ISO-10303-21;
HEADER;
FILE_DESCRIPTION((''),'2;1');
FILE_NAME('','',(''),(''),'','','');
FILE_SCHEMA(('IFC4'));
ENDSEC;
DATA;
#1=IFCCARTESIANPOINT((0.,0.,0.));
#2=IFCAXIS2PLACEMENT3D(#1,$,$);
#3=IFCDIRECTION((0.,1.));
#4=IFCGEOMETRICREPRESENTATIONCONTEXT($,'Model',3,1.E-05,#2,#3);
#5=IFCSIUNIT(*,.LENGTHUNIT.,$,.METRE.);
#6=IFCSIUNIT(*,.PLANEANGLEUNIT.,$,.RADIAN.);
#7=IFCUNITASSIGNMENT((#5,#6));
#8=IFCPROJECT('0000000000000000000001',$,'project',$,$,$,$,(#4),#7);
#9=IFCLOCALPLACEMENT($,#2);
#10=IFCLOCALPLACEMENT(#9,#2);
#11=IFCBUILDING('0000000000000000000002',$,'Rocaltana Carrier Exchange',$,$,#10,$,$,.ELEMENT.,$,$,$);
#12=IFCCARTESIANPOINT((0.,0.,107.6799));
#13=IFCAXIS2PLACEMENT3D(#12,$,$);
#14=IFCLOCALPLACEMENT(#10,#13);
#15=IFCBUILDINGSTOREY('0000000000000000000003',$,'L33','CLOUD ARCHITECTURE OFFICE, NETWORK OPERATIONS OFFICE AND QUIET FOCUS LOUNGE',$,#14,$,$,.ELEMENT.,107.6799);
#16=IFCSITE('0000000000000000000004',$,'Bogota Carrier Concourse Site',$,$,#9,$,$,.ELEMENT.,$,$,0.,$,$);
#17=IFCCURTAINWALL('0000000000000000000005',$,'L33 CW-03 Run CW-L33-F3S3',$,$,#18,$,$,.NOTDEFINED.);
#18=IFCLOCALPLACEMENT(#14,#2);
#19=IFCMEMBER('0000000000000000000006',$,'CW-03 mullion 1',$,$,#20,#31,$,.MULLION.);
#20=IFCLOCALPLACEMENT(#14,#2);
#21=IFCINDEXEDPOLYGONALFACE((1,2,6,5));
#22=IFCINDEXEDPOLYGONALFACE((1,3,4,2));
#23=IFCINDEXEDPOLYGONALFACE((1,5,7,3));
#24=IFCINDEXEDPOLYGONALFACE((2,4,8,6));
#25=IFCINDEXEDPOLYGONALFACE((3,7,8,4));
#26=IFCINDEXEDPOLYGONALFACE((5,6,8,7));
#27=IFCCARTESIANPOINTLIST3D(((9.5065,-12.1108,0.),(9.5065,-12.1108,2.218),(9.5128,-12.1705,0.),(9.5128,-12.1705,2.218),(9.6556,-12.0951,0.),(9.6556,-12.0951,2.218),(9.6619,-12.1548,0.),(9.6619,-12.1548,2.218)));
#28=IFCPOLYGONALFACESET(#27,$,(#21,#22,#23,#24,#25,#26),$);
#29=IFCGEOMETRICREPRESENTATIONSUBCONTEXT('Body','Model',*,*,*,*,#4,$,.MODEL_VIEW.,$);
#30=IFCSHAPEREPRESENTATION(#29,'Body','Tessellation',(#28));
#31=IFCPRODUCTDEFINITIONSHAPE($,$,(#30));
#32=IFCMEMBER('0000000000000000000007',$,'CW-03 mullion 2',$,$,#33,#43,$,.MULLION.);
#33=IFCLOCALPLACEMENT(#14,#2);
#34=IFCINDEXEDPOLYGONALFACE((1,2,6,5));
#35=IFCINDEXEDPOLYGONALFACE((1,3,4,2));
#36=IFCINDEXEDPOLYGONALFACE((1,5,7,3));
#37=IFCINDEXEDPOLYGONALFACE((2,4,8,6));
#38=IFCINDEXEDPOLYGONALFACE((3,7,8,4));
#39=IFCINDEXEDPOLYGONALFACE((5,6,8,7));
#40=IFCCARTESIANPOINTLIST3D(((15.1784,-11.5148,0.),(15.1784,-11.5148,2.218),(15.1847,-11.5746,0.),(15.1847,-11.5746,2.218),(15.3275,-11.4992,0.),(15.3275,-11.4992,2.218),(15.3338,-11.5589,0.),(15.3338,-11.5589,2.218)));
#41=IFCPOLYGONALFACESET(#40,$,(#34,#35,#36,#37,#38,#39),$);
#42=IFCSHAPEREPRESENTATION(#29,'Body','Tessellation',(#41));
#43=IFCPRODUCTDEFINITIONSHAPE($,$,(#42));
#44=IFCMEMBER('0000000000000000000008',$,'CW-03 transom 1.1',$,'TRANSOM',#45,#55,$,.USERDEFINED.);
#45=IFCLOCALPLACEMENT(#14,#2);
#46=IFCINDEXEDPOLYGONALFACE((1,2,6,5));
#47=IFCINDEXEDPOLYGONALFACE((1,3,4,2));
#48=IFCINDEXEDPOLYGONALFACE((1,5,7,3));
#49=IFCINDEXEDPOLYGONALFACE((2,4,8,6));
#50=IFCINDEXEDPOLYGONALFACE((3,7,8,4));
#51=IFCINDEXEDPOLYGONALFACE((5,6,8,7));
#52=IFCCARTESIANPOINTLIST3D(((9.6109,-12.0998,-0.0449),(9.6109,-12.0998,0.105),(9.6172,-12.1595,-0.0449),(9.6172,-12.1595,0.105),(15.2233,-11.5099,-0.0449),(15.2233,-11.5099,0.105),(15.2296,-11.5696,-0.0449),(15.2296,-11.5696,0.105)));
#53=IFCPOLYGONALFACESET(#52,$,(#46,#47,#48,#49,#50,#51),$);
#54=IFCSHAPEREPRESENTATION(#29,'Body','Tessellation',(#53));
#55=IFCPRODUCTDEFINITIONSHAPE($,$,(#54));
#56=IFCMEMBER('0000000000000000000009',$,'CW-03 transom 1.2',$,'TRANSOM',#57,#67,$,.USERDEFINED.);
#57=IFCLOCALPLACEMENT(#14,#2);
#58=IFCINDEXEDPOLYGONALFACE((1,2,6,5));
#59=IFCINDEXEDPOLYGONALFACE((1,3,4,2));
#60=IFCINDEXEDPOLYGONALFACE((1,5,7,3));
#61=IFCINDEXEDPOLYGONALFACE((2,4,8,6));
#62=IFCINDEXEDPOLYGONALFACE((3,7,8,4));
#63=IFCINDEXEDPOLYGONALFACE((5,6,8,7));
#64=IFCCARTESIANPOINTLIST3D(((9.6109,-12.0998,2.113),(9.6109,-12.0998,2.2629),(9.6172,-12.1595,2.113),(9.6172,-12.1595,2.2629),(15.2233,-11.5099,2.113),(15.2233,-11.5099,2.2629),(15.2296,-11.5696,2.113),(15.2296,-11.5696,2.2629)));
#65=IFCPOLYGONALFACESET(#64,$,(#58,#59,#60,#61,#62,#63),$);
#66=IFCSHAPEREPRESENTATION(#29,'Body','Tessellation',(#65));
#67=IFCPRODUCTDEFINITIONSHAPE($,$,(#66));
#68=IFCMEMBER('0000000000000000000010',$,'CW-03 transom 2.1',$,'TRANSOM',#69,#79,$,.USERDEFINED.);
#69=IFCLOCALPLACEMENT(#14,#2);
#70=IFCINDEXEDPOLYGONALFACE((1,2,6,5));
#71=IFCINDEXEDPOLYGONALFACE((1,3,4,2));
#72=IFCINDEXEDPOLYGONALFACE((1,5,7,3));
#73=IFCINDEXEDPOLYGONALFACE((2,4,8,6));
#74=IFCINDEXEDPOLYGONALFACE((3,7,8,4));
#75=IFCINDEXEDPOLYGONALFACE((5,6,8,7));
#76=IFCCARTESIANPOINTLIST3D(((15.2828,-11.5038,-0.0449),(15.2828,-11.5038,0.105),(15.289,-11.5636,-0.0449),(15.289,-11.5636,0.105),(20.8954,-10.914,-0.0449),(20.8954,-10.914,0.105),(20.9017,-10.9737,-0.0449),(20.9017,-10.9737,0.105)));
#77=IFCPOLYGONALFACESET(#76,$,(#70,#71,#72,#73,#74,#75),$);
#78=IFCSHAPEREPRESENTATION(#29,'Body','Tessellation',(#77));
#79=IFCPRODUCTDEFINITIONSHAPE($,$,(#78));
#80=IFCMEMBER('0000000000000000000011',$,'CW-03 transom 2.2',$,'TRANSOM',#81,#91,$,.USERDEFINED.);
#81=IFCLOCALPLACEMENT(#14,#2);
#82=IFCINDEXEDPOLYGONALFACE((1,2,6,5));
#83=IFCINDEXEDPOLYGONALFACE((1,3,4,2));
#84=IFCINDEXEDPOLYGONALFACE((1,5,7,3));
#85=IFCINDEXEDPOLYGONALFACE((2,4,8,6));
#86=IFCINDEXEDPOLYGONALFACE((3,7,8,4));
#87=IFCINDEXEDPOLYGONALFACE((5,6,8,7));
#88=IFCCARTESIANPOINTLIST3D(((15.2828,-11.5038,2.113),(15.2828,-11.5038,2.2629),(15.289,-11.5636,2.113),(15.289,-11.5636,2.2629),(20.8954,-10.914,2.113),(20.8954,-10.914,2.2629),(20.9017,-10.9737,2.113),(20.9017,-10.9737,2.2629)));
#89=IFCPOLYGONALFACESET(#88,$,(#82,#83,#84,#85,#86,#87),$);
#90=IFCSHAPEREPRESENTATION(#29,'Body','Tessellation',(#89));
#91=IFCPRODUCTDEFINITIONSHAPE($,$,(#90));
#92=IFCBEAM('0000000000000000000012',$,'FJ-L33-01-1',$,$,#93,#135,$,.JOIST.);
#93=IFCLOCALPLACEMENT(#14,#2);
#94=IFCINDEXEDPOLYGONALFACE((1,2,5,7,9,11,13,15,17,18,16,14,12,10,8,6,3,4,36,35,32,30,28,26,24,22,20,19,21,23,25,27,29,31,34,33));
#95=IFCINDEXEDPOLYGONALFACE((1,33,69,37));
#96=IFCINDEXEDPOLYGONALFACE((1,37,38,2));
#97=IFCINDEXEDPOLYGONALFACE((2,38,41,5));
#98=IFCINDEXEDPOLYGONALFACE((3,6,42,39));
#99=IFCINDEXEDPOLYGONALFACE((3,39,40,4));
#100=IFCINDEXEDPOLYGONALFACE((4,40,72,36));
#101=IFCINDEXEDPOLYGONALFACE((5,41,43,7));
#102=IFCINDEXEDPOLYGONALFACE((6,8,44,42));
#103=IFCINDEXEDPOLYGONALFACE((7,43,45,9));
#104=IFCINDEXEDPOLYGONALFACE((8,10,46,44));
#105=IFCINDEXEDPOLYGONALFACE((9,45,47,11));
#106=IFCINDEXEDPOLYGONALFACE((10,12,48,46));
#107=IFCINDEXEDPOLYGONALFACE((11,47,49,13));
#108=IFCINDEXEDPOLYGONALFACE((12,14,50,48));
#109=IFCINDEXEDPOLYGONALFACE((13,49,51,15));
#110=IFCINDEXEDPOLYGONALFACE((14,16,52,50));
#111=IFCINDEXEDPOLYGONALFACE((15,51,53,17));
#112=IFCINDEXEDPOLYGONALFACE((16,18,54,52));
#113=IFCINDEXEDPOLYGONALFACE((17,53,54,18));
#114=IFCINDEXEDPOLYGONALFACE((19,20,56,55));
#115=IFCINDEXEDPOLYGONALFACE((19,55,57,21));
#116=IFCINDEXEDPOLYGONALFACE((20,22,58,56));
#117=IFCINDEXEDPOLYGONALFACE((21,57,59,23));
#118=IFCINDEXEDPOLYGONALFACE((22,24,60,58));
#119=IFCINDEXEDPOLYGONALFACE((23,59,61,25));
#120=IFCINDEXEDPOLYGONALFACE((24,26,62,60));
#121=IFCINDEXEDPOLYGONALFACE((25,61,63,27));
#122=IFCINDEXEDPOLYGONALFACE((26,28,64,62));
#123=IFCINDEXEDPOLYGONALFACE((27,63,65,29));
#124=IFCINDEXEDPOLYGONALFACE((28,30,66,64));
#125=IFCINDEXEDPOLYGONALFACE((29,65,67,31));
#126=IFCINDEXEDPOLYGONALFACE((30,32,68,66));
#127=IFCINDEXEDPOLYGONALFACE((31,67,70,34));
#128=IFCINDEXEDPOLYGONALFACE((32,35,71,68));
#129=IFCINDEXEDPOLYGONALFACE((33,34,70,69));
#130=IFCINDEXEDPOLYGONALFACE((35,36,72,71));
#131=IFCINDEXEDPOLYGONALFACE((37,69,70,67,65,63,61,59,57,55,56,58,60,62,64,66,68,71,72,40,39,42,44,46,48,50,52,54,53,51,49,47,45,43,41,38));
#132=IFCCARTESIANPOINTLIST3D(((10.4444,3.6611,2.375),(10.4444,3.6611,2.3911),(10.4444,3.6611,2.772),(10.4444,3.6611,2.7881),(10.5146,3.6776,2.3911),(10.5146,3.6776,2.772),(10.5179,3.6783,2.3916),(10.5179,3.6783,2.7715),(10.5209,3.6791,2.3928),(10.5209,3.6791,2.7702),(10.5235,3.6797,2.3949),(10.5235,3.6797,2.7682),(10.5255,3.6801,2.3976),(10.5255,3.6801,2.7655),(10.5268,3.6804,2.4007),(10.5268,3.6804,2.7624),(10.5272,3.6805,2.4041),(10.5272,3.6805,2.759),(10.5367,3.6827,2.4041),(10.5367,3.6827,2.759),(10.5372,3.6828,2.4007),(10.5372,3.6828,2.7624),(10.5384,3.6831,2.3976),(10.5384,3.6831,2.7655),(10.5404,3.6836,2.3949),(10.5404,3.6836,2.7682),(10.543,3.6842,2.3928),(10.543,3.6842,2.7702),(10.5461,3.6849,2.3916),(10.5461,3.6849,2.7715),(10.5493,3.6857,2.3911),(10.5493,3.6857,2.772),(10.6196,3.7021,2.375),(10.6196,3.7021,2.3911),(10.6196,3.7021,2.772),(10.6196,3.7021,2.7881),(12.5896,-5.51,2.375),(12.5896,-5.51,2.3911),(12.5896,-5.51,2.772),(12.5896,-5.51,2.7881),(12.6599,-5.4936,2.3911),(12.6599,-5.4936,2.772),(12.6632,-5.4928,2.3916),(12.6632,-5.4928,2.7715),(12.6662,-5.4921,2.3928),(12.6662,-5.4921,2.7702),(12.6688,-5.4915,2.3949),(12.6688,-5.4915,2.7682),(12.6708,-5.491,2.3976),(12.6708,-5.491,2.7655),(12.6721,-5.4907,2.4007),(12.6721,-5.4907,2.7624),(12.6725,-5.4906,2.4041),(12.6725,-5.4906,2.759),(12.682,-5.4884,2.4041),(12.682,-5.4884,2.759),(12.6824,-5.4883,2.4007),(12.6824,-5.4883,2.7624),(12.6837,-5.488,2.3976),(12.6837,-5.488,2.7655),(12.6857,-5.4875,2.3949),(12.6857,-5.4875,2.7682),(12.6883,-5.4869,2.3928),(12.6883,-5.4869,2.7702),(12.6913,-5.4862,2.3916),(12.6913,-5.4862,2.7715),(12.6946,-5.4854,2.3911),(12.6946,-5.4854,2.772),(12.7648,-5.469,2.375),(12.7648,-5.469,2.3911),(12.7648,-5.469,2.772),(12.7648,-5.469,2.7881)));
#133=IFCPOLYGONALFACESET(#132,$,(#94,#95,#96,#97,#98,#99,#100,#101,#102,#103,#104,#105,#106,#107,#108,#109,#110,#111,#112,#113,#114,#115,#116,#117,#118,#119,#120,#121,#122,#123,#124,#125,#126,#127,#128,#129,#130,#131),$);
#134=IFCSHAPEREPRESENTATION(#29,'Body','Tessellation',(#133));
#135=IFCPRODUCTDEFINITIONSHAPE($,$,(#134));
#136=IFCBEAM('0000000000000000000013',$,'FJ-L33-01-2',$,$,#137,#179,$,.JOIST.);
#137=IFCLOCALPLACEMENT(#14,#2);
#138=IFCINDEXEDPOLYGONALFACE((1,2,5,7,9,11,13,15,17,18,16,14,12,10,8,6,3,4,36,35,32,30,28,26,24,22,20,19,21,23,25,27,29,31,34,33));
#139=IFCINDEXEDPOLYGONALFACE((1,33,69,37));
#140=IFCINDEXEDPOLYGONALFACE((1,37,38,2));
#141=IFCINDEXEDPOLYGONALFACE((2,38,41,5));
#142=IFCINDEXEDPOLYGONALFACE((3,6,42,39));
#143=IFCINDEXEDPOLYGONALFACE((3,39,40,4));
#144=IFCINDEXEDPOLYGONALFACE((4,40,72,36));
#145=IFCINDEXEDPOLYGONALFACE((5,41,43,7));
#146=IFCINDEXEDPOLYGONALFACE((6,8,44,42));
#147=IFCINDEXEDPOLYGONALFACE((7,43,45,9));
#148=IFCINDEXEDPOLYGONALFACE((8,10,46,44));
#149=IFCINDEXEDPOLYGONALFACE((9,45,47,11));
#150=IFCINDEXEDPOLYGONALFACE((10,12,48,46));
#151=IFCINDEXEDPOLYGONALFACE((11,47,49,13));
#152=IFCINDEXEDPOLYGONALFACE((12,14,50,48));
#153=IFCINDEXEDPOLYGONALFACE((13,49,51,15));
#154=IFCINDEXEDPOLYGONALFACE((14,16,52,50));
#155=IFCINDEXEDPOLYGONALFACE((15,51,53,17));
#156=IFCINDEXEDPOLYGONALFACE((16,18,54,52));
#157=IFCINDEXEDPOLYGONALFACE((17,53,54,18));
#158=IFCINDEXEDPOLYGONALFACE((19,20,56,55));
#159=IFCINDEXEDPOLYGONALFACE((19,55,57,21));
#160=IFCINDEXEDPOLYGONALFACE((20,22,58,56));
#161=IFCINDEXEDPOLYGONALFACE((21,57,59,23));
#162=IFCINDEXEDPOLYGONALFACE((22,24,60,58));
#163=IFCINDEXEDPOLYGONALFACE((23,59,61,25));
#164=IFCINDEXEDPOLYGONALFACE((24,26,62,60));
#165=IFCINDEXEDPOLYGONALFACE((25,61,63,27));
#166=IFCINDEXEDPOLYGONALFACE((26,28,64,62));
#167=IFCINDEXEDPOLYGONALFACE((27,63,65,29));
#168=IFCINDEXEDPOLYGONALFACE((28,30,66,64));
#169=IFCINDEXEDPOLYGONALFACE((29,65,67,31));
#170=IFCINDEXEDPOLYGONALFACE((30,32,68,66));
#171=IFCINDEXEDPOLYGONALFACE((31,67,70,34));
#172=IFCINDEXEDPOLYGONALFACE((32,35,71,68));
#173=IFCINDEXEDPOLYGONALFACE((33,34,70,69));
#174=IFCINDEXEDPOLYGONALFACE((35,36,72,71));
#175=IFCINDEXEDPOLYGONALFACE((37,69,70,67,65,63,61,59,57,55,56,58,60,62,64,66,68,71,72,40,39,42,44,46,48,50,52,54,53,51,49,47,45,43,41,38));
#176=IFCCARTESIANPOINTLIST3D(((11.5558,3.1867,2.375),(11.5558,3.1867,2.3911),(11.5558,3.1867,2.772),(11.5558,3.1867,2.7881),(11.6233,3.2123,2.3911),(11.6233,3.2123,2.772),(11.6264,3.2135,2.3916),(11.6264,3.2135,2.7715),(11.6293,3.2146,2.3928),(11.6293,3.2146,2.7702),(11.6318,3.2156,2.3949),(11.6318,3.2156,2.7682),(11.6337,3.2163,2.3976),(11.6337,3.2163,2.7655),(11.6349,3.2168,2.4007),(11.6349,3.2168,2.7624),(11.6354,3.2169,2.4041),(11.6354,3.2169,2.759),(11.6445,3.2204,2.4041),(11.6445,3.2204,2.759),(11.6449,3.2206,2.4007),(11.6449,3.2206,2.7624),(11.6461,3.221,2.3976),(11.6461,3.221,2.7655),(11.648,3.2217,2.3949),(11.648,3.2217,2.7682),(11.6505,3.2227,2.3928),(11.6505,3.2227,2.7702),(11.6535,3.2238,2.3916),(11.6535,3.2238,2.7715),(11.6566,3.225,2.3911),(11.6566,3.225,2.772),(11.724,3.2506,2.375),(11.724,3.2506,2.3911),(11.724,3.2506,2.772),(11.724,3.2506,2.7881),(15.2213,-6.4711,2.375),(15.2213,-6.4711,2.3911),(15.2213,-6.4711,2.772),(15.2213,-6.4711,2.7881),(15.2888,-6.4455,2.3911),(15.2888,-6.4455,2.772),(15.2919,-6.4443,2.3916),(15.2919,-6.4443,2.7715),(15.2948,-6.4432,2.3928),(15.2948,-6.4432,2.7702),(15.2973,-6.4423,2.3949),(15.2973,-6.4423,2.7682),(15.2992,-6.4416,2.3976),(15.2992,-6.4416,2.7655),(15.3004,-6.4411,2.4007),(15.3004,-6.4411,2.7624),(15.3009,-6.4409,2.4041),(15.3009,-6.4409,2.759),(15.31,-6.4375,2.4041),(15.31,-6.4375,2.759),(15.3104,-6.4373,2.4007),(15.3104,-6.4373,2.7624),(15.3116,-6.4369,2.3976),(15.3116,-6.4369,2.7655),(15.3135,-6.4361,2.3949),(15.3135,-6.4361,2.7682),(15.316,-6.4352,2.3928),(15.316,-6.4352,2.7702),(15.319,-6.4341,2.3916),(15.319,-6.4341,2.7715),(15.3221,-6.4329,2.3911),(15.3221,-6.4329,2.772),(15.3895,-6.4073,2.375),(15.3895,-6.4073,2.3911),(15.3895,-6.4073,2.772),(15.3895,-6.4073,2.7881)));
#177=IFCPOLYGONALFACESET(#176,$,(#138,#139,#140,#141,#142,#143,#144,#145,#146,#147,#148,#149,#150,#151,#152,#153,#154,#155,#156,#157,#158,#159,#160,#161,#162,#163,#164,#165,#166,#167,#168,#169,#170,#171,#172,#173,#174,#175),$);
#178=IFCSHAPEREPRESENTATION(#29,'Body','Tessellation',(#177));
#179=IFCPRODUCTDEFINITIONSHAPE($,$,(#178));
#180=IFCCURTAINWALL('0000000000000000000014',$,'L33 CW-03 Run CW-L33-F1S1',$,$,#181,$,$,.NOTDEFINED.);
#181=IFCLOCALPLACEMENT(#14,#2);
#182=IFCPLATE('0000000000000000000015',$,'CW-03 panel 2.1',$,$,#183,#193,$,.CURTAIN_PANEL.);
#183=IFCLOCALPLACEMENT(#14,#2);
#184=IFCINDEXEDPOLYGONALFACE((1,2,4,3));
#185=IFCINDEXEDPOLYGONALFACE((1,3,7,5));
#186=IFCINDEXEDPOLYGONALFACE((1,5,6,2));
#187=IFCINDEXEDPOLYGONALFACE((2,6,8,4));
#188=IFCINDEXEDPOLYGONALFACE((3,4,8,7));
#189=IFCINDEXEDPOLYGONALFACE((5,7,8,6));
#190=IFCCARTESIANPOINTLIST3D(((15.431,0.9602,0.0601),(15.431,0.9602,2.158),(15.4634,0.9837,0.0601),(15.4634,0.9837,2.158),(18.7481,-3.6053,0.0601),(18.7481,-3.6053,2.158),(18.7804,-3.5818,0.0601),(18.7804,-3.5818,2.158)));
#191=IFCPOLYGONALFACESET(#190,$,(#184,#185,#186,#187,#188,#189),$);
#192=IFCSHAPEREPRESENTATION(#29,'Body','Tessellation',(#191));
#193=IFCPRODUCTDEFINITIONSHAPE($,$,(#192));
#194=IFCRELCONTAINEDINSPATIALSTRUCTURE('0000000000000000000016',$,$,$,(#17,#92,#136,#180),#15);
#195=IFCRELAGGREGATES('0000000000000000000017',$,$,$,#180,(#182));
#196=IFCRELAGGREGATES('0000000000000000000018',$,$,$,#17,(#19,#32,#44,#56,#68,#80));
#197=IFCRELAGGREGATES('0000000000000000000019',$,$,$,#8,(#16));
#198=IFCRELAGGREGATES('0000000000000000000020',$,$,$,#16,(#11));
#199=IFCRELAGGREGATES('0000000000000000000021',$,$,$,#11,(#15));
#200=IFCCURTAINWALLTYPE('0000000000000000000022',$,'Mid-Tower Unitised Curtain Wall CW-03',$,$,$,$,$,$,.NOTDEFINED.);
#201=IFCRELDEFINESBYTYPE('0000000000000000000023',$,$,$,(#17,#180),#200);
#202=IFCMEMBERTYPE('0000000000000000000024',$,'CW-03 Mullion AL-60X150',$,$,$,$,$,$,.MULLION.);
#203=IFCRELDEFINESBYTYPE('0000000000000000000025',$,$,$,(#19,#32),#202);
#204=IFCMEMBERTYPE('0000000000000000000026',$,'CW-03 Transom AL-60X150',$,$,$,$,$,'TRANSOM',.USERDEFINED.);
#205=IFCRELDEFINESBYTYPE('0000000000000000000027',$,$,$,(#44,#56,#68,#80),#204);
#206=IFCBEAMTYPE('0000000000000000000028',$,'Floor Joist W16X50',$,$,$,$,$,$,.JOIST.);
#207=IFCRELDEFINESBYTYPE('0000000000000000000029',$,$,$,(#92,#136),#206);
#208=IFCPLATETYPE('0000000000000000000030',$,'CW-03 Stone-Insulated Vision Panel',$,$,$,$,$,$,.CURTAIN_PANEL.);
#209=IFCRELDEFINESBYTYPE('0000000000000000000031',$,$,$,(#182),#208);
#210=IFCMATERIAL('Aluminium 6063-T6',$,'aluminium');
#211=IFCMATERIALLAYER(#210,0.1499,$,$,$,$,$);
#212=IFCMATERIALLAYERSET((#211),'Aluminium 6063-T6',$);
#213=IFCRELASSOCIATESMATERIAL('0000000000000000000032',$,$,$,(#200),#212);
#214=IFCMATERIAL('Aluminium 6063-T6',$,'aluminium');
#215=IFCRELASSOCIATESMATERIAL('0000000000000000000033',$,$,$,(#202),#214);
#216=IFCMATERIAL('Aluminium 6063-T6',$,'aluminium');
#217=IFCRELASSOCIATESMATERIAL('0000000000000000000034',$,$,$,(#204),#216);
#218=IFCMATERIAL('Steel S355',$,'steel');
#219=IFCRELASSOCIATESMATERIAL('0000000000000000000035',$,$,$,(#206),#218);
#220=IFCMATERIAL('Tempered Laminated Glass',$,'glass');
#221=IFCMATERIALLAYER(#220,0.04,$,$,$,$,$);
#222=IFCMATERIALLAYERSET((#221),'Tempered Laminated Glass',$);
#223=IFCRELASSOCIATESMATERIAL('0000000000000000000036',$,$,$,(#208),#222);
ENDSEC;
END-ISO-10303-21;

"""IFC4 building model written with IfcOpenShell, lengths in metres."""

from ifc_helpers import new_model, si_unit, direction, frame, origin, origin_2d, place, context, subcontext, project, spatial, rectangle, i_section, extrude, material, layer, layer_set, material_profile, profile_set, type_object, element, aggregate, save


model = new_model("IFC4")

# Units and contexts
model_context = context("Model", 3, precision=1e-05, world=origin(), true_north=direction((0.0, 1.0)))
body_context = subcontext(model_context, "Body", "Model", "MODEL_VIEW")
ifc_project = project(units=[si_unit("LENGTHUNIT", "METRE"), si_unit("PLANEANGLEUNIT", "RADIAN")], contexts=[model_context])

# Site, building, storey
site_placement = place(None, origin())
site = spatial("IfcSite", under=ifc_project, at=site_placement, Name="Bogota Carrier Concourse Site", CompositionType="ELEMENT", RefElevation=0.0)
building_placement = place(site_placement, origin())
building = spatial("IfcBuilding", under=site, at=building_placement, Name="Rocaltana Carrier Exchange", CompositionType="ELEMENT")
storey_placement = place(building_placement, frame((0.0, 0.0, 107.6799)))
storey = spatial("IfcBuildingStorey", under=building, at=storey_placement, Name="L33", Description="CLOUD ARCHITECTURE OFFICE, NETWORK OPERATIONS OFFICE AND QUIET FOCUS LOUNGE", CompositionType="ELEMENT", Elevation=107.6799)

# Curtain wall, members
ifc_material_1 = material(Name="Aluminium 6063-T6", Category="aluminium")
ifc_layer_1 = layer(ifc_material_1, 0.1499)
ifc_layer_set_1 = layer_set([ifc_layer_1], Name="Aluminium 6063-T6")
curtain_wall_type = type_object("IfcCurtainWallType", Name="Mid-Tower Unitised Curtain Wall CW-03", PredefinedType="NOTDEFINED", material=ifc_layer_set_1)
curtain_wall_1_placement = place(storey_placement, origin())
curtain_wall_1 = element("IfcCurtainWall", 1, at=curtain_wall_1_placement, inside=storey, type_object=curtain_wall_type, Name="L33 CW-03 Run CW-L33-F3S3", PredefinedType="NOTDEFINED")
ifc_material_2 = material(Name="Aluminium 6063-T6", Category="aluminium")
ifc_material_profile_1 = material_profile(ifc_material_2, rectangle(XDim=0.0601, YDim=0.1499, at=origin_2d()), Name="AL-60X150")
ifc_profile_set_1 = profile_set([ifc_material_profile_1], Name="Aluminium 6063-T6")
member_type_1 = type_object("IfcMemberType", Name="CW-03 Mullion AL-60X150", PredefinedType="MULLION", material=ifc_profile_set_1)
member_1_placement = place(storey_placement, frame((9.5842, -12.1328, 0.0), z_axis=(0.0, 0.0, 1.0), x_axis=(-0.104522, 0.994523, 0.0)))
member_1 = element("IfcMember", 2, at=member_1_placement, type_object=member_type_1, Name="CW-03 mullion 1", PredefinedType="MULLION", context=body_context, shape_type="SweptSolid", body=[
    extrude(rectangle(XDim=0.0601, YDim=0.1499, at=origin_2d()), origin(), (0.0, 0.0, 1.0), 2.218),
])
member_2_placement = place(storey_placement, frame((15.2561, -11.5369, 0.0), z_axis=(0.0, 0.0, 1.0), x_axis=(-0.104522, 0.994523, 0.0)))
member_2 = element("IfcMember", 3, at=member_2_placement, type_object=member_type_1, Name="CW-03 mullion 2", PredefinedType="MULLION", context=body_context, shape_type="SweptSolid", body=[
    extrude(rectangle(XDim=0.0601, YDim=0.1499, at=origin_2d()), origin(), (0.0, 0.0, 1.0), 2.218),
])
ifc_material_3 = material(Name="Aluminium 6063-T6", Category="aluminium")
ifc_material_profile_2 = material_profile(ifc_material_3, rectangle(XDim=0.0601, YDim=0.1499, at=origin_2d()), Name="AL-60X150")
ifc_profile_set_2 = profile_set([ifc_material_profile_2], Name="Aluminium 6063-T6")
member_type_2 = type_object("IfcMemberType", Name="CW-03 Transom AL-60X150", ElementType="TRANSOM", PredefinedType="USERDEFINED", material=ifc_profile_set_2)
member_3_placement = place(storey_placement, frame((9.614, -12.1296, 0.03), z_axis=(0.994523, 0.104523, 0.0), x_axis=(-0.104523, 0.994523, 0.0)))
member_3 = element("IfcMember", 4, at=member_3_placement, type_object=member_type_2, Name="CW-03 transom 1.1", ObjectType="TRANSOM", PredefinedType="USERDEFINED", context=body_context, shape_type="SweptSolid", body=[
    extrude(rectangle(XDim=0.0601, YDim=0.1499, at=origin_2d()), origin(), (0.0, 0.0, 1.0), 5.6433),
])
member_4_placement = place(storey_placement, frame((9.614, -12.1296, 2.188), z_axis=(0.994523, 0.104523, 0.0), x_axis=(-0.104523, 0.994523, 0.0)))
member_4 = element("IfcMember", 5, at=member_4_placement, type_object=member_type_2, Name="CW-03 transom 1.2", ObjectType="TRANSOM", PredefinedType="USERDEFINED", context=body_context, shape_type="SweptSolid", body=[
    extrude(rectangle(XDim=0.0601, YDim=0.1499, at=origin_2d()), origin(), (0.0, 0.0, 1.0), 5.6433),
])
member_5_placement = place(storey_placement, frame((15.2859, -11.5337, 0.03), z_axis=(0.994523, 0.104518, 0.0), x_axis=(-0.104518, 0.994523, 0.0)))
member_5 = element("IfcMember", 6, at=member_5_placement, type_object=member_type_2, Name="CW-03 transom 2.1", ObjectType="TRANSOM", PredefinedType="USERDEFINED", context=body_context, shape_type="SweptSolid", body=[
    extrude(rectangle(XDim=0.0601, YDim=0.1499, at=origin_2d()), origin(), (0.0, 0.0, 1.0), 5.6436),
])
member_6_placement = place(storey_placement, frame((15.2859, -11.5337, 2.188), z_axis=(0.994523, 0.104518, 0.0), x_axis=(-0.104518, 0.994523, 0.0)))
member_6 = element("IfcMember", 7, at=member_6_placement, type_object=member_type_2, Name="CW-03 transom 2.2", ObjectType="TRANSOM", PredefinedType="USERDEFINED", context=body_context, shape_type="SweptSolid", body=[
    extrude(rectangle(XDim=0.0601, YDim=0.1499, at=origin_2d()), origin(), (0.0, 0.0, 1.0), 5.6436),
])

# Beams
ifc_material_4 = material(Name="Steel S355", Category="steel")
ifc_material_profile_3 = material_profile(ifc_material_4, i_section(OverallWidth=0.1799, OverallDepth=0.4131, WebThickness=0.0098, FlangeThickness=0.0161, FilletRadius=0.0129, at=origin_2d()), Name="W16X50")
ifc_profile_set_3 = profile_set([ifc_material_profile_3], Name="Steel S355")
beam_type = type_object("IfcBeamType", Name="Floor Joist W16X50", PredefinedType="JOIST", material=ifc_profile_set_3)
beam_1_placement = place(storey_placement, frame((12.6772, -5.4895, 2.5815), z_axis=(-0.227766, 0.973716, 0.0), x_axis=(-0.973716, -0.227766, 0.0)))
element("IfcBeam", 8, at=beam_1_placement, inside=storey, type_object=beam_type, Name="FJ-L33-01-1", PredefinedType="JOIST", context=body_context, shape_type="SweptSolid", body=[
    extrude(i_section(OverallWidth=0.1799, OverallDepth=0.4131, WebThickness=0.0098, FlangeThickness=0.0161, FilletRadius=0.0129, at=origin_2d()), origin(), (0.0, 0.0, 1.0), 9.4187),
])
beam_2_placement = place(storey_placement, frame((15.3054, -6.4392, 2.5815), z_axis=(-0.354837, 0.934928, 0.0), x_axis=(-0.934928, -0.354837, 0.0)))
element("IfcBeam", 9, at=beam_2_placement, inside=storey, type_object=beam_type, Name="FJ-L33-01-2", PredefinedType="JOIST", context=body_context, shape_type="SweptSolid", body=[
    extrude(i_section(OverallWidth=0.1799, OverallDepth=0.4131, WebThickness=0.0098, FlangeThickness=0.0161, FilletRadius=0.0129, at=origin_2d()), origin(), (0.0, 0.0, 1.0), 10.3301),
])

# Curtain wall, plate
curtain_wall_2_placement = place(storey_placement, origin())
curtain_wall_2 = element("IfcCurtainWall", 10, at=curtain_wall_2_placement, inside=storey, type_object=curtain_wall_type, Name="L33 CW-03 Run CW-L33-F1S1", PredefinedType="NOTDEFINED")
ifc_material_5 = material(Name="Tempered Laminated Glass", Category="glass")
ifc_layer_2 = layer(ifc_material_5, 0.04)
ifc_layer_set_2 = layer_set([ifc_layer_2], Name="Tempered Laminated Glass")
plate_type = type_object("IfcPlateType", Name="CW-03 Stone-Insulated Vision Panel", PredefinedType="CURTAIN_PANEL", material=ifc_layer_set_2)
plate_1_placement = place(storey_placement, frame((17.1057, -1.3108, 0.0601), z_axis=(0.0, 0.0, 1.0), x_axis=(-0.58779, 0.809014, 0.0)))
plate_1 = element("IfcPlate", 11, at=plate_1_placement, type_object=plate_type, Name="CW-03 panel 2.1", PredefinedType="CURTAIN_PANEL", context=body_context, shape_type="SweptSolid", body=[
    extrude(rectangle(XDim=5.6433, YDim=0.04, at=origin_2d()), origin(), (0.0, 0.0, 1.0), 2.0979),
])
aggregate(curtain_wall_2, [plate_1])

aggregate(curtain_wall_1, [member_1, member_2, member_3, member_4, member_5, member_6])

save(model, "model.ifc")
